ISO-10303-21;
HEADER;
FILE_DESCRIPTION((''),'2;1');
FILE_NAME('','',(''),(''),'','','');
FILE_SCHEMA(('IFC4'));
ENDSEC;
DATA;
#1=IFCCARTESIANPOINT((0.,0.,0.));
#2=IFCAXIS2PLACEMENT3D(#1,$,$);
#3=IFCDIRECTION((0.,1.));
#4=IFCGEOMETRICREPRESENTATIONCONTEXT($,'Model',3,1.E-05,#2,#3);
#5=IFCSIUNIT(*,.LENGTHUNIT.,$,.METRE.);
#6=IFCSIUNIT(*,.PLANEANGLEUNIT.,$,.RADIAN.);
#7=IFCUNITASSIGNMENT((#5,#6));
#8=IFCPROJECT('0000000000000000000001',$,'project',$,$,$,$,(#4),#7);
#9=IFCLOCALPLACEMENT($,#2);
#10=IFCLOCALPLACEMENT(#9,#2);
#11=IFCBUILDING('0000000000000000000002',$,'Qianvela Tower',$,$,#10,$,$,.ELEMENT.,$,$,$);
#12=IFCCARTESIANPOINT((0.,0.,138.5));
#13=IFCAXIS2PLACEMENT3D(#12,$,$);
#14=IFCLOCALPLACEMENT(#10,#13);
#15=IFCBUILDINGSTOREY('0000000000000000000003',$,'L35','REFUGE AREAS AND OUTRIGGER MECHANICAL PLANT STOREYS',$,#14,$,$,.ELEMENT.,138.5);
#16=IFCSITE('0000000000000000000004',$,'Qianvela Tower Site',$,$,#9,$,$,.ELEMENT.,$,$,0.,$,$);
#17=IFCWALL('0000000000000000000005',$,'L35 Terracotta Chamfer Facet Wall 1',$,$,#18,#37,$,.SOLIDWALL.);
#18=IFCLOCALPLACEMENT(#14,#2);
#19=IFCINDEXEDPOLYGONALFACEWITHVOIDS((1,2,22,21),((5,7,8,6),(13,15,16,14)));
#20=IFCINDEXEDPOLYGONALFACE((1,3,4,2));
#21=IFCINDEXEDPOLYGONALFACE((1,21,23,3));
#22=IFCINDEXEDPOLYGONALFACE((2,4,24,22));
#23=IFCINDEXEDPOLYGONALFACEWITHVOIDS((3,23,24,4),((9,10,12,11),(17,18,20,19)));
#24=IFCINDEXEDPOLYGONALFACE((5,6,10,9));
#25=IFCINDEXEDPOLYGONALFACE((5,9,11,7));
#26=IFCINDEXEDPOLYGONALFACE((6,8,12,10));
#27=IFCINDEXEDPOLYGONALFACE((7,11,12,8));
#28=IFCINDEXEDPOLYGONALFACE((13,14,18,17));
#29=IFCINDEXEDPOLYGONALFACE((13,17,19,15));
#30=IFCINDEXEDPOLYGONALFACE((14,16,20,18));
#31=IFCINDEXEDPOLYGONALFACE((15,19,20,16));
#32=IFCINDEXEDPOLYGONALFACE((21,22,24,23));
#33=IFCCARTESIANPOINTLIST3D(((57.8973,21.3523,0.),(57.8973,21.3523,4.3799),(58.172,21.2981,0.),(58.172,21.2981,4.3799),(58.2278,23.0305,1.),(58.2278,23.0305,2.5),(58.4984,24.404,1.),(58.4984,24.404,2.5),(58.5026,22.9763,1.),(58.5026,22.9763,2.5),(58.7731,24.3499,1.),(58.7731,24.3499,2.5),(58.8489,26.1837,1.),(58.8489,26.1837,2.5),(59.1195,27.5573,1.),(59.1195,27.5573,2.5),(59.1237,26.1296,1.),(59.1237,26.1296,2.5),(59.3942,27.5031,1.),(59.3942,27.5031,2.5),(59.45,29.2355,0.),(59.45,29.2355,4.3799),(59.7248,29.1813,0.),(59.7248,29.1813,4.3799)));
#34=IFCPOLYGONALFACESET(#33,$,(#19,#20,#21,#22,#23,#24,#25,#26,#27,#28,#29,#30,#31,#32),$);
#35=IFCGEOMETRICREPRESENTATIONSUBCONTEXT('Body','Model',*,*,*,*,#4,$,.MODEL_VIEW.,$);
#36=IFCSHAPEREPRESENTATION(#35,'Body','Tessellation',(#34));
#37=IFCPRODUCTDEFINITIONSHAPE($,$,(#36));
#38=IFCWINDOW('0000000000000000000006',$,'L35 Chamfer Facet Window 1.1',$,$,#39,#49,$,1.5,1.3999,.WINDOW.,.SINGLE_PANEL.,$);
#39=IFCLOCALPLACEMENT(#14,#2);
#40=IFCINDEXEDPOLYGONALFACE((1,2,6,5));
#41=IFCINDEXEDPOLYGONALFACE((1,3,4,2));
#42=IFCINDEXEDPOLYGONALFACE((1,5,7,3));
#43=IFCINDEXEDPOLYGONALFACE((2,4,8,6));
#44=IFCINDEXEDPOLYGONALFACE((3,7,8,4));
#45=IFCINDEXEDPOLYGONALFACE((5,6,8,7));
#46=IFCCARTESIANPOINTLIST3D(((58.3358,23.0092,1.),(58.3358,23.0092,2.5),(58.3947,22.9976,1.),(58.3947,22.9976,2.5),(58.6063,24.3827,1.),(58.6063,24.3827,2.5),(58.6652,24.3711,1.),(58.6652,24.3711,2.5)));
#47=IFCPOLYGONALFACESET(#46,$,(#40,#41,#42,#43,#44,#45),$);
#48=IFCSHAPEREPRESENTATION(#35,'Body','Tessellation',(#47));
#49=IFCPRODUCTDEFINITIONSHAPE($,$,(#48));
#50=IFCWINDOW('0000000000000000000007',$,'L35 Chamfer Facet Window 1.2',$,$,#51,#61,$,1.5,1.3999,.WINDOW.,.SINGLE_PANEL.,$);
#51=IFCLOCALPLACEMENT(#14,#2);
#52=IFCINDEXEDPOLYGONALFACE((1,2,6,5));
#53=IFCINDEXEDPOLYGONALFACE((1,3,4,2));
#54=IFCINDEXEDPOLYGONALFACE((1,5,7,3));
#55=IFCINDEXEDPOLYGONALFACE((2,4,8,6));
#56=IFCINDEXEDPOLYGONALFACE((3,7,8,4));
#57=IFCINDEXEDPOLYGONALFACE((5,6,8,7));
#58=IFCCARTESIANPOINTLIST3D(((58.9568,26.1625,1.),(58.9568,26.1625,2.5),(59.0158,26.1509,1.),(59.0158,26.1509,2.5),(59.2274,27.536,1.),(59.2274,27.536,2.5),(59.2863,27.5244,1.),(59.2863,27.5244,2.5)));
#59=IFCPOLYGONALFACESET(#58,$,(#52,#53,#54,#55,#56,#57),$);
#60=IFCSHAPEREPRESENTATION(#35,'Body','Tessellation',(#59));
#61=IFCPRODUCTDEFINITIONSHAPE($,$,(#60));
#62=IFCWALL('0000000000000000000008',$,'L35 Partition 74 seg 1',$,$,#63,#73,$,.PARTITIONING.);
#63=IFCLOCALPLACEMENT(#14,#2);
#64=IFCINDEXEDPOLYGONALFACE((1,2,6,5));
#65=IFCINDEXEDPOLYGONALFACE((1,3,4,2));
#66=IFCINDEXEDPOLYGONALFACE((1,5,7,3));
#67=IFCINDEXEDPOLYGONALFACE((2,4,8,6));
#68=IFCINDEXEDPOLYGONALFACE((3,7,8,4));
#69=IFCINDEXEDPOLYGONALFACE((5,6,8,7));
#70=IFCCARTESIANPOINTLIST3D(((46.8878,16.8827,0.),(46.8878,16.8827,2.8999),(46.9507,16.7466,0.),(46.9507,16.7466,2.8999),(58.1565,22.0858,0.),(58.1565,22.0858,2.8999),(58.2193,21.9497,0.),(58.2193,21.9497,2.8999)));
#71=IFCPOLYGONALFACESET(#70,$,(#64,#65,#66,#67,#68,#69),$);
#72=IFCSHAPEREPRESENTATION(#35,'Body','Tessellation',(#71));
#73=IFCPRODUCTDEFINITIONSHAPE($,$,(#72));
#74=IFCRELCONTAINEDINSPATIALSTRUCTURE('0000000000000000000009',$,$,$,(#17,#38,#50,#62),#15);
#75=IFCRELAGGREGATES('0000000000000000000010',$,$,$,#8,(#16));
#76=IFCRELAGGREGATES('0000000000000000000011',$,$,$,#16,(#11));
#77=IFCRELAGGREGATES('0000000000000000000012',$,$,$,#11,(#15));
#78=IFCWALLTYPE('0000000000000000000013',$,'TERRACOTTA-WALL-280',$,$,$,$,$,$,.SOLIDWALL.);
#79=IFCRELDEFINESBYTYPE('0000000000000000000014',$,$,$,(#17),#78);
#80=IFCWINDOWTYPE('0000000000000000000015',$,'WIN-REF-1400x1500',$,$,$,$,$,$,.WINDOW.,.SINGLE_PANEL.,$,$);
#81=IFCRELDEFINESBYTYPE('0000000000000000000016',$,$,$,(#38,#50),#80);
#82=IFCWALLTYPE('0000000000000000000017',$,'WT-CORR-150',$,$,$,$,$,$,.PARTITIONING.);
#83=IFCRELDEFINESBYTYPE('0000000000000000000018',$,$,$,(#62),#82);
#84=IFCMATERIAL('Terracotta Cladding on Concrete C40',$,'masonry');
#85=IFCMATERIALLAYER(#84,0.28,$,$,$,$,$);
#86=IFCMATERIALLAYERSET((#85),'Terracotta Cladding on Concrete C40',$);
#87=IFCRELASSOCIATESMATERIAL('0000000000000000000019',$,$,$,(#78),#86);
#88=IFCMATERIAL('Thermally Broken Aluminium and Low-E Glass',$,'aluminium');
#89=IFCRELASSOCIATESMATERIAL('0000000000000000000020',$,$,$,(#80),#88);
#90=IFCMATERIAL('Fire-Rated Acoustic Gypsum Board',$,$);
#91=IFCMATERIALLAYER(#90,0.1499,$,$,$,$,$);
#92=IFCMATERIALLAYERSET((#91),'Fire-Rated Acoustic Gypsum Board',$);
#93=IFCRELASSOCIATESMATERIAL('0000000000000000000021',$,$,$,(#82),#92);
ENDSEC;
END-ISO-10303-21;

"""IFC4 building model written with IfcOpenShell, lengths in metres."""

from ifc_helpers import new_model, si_unit, direction, frame, frame_2d, origin, place, context, subcontext, project, spatial, rectangle, extrude, material, layer, layer_set, type_object, element, fill, save


model = new_model("IFC4")

# Units and contexts
model_context = context("Model", 3, precision=1e-05, world=origin(), true_north=direction((0.0, 1.0)))
body_context = subcontext(model_context, "Body", "Model", "MODEL_VIEW")
ifc_project = project(units=[si_unit("LENGTHUNIT", "METRE"), si_unit("PLANEANGLEUNIT", "RADIAN")], contexts=[model_context])

# Site, building, storey
site_placement = place(None, origin())
site = spatial("IfcSite", under=ifc_project, at=site_placement, Name="Qianvela Tower Site", CompositionType="ELEMENT", RefElevation=0.0)
building_placement = place(site_placement, origin())
building = spatial("IfcBuilding", under=site, at=building_placement, Name="Qianvela Tower", CompositionType="ELEMENT")
storey_placement = place(building_placement, frame((0.0, 0.0, 138.5)))
storey = spatial("IfcBuildingStorey", under=building, at=storey_placement, Name="L35", Description="REFUGE AREAS AND OUTRIGGER MECHANICAL PLANT STOREYS", CompositionType="ELEMENT", Elevation=138.5)

# Wall, openings, windows
ifc_material_1 = material(Name="Terracotta Cladding on Concrete C40", Category="masonry")
ifc_layer_1 = layer(ifc_material_1, 0.28)
ifc_layer_set_1 = layer_set([ifc_layer_1], Name="Terracotta Cladding on Concrete C40")
wall_type_1 = type_object("IfcWallType", Name="TERRACOTTA-WALL-280", PredefinedType="SOLIDWALL", material=ifc_layer_set_1)
wall_1_placement = place(storey_placement, frame((58.0347, 21.3252, 0.0), z_axis=(0.0, 0.0, 1.0), x_axis=(0.193252, 0.981149, 0.0)))
wall_1 = element("IfcWall", 1, at=wall_1_placement, inside=storey, type_object=wall_type_1, Name="L35 Terracotta Chamfer Facet Wall 1", PredefinedType="SOLIDWALL", context=body_context, shape_type="SweptSolid", body=[
    extrude(rectangle(XDim=8.0347, YDim=0.28, at=frame_2d((4.0173, 0.0))), origin(), (0.0, 0.0, 1.0), 4.3799),
])
opening_1_placement = place(wall_1_placement, frame((1.7104, 0.0, 1.0)))
opening_1 = element("IfcOpeningElement", 2, at=opening_1_placement, cuts=wall_1, PredefinedType="OPENING", context=body_context, shape_type="SweptSolid", body=[
    extrude(rectangle(XDim=1.3999, YDim=1.5, at=frame_2d((0.7, 0.75))), frame((0.0, 0.1499, 0.0), z_axis=(0.0, -1.0, 0.0), x_axis=(1.0, 0.0, 0.0)), (0.0, 0.0, 1.0), 0.3),
])
opening_2_placement = place(wall_1_placement, frame((4.9243, 0.0, 1.0)))
opening_2 = element("IfcOpeningElement", 3, at=opening_2_placement, cuts=wall_1, PredefinedType="OPENING", context=body_context, shape_type="SweptSolid", body=[
    extrude(rectangle(XDim=1.3999, YDim=1.5, at=frame_2d((0.7, 0.75))), frame((0.0, 0.1499, 0.0), z_axis=(0.0, -1.0, 0.0), x_axis=(1.0, 0.0, 0.0)), (0.0, 0.0, 1.0), 0.3),
])
ifc_material_2 = material(Name="Thermally Broken Aluminium and Low-E Glass", Category="aluminium")
window_type = type_object("IfcWindowType", Name="WIN-REF-1400x1500", PartitioningType="SINGLE_PANEL", PredefinedType="WINDOW", material=ifc_material_2)
window_1_placement = place(opening_1_placement, origin())
window_1 = element("IfcWindow", 4, at=window_1_placement, inside=storey, type_object=window_type, Name="L35 Chamfer Facet Window 1.1", OverallHeight=1.5, OverallWidth=1.3999, PartitioningType="SINGLE_PANEL", PredefinedType="WINDOW", context=body_context, shape_type="SweptSolid", body=[
    extrude(rectangle(XDim=1.3999, YDim=1.5, at=frame_2d((0.7, 0.75))), frame((0.0, 0.03, 0.0), z_axis=(0.0, -1.0, 0.0), x_axis=(1.0, 0.0, 0.0)), (0.0, 0.0, 1.0), 0.0601),
])
fill(opening_1, window_1)
window_2_placement = place(opening_2_placement, origin())
window_2 = element("IfcWindow", 5, at=window_2_placement, inside=storey, type_object=window_type, Name="L35 Chamfer Facet Window 1.2", OverallHeight=1.5, OverallWidth=1.3999, PartitioningType="SINGLE_PANEL", PredefinedType="WINDOW", context=body_context, shape_type="SweptSolid", body=[
    extrude(rectangle(XDim=1.3999, YDim=1.5, at=frame_2d((0.7, 0.75))), frame((0.0, 0.03, 0.0), z_axis=(0.0, -1.0, 0.0), x_axis=(1.0, 0.0, 0.0)), (0.0, 0.0, 1.0), 0.0601),
])
fill(opening_2, window_2)

# Wall
ifc_material_3 = material(Name="Fire-Rated Acoustic Gypsum Board")
ifc_layer_2 = layer(ifc_material_3, 0.1499)
ifc_layer_set_2 = layer_set([ifc_layer_2], Name="Fire-Rated Acoustic Gypsum Board")
wall_type_2 = type_object("IfcWallType", Name="WT-CORR-150", PredefinedType="PARTITIONING", material=ifc_layer_set_2)
wall_2_placement = place(storey_placement, frame((58.188, 22.0178, 0.0), z_axis=(0.0, 0.0, 1.0), x_axis=(-0.90789, -0.419208, 0.0)))
element("IfcWall", 6, at=wall_2_placement, inside=storey, type_object=wall_type_2, Name="L35 Partition 74 seg 1", PredefinedType="PARTITIONING", context=body_context, shape_type="SweptSolid", body=[
    extrude(rectangle(XDim=12.4119, YDim=0.1499, at=frame_2d((6.2061, 0.0))), origin(), (0.0, 0.0, 1.0), 2.8999),
])

save(model, "model.ifc")
